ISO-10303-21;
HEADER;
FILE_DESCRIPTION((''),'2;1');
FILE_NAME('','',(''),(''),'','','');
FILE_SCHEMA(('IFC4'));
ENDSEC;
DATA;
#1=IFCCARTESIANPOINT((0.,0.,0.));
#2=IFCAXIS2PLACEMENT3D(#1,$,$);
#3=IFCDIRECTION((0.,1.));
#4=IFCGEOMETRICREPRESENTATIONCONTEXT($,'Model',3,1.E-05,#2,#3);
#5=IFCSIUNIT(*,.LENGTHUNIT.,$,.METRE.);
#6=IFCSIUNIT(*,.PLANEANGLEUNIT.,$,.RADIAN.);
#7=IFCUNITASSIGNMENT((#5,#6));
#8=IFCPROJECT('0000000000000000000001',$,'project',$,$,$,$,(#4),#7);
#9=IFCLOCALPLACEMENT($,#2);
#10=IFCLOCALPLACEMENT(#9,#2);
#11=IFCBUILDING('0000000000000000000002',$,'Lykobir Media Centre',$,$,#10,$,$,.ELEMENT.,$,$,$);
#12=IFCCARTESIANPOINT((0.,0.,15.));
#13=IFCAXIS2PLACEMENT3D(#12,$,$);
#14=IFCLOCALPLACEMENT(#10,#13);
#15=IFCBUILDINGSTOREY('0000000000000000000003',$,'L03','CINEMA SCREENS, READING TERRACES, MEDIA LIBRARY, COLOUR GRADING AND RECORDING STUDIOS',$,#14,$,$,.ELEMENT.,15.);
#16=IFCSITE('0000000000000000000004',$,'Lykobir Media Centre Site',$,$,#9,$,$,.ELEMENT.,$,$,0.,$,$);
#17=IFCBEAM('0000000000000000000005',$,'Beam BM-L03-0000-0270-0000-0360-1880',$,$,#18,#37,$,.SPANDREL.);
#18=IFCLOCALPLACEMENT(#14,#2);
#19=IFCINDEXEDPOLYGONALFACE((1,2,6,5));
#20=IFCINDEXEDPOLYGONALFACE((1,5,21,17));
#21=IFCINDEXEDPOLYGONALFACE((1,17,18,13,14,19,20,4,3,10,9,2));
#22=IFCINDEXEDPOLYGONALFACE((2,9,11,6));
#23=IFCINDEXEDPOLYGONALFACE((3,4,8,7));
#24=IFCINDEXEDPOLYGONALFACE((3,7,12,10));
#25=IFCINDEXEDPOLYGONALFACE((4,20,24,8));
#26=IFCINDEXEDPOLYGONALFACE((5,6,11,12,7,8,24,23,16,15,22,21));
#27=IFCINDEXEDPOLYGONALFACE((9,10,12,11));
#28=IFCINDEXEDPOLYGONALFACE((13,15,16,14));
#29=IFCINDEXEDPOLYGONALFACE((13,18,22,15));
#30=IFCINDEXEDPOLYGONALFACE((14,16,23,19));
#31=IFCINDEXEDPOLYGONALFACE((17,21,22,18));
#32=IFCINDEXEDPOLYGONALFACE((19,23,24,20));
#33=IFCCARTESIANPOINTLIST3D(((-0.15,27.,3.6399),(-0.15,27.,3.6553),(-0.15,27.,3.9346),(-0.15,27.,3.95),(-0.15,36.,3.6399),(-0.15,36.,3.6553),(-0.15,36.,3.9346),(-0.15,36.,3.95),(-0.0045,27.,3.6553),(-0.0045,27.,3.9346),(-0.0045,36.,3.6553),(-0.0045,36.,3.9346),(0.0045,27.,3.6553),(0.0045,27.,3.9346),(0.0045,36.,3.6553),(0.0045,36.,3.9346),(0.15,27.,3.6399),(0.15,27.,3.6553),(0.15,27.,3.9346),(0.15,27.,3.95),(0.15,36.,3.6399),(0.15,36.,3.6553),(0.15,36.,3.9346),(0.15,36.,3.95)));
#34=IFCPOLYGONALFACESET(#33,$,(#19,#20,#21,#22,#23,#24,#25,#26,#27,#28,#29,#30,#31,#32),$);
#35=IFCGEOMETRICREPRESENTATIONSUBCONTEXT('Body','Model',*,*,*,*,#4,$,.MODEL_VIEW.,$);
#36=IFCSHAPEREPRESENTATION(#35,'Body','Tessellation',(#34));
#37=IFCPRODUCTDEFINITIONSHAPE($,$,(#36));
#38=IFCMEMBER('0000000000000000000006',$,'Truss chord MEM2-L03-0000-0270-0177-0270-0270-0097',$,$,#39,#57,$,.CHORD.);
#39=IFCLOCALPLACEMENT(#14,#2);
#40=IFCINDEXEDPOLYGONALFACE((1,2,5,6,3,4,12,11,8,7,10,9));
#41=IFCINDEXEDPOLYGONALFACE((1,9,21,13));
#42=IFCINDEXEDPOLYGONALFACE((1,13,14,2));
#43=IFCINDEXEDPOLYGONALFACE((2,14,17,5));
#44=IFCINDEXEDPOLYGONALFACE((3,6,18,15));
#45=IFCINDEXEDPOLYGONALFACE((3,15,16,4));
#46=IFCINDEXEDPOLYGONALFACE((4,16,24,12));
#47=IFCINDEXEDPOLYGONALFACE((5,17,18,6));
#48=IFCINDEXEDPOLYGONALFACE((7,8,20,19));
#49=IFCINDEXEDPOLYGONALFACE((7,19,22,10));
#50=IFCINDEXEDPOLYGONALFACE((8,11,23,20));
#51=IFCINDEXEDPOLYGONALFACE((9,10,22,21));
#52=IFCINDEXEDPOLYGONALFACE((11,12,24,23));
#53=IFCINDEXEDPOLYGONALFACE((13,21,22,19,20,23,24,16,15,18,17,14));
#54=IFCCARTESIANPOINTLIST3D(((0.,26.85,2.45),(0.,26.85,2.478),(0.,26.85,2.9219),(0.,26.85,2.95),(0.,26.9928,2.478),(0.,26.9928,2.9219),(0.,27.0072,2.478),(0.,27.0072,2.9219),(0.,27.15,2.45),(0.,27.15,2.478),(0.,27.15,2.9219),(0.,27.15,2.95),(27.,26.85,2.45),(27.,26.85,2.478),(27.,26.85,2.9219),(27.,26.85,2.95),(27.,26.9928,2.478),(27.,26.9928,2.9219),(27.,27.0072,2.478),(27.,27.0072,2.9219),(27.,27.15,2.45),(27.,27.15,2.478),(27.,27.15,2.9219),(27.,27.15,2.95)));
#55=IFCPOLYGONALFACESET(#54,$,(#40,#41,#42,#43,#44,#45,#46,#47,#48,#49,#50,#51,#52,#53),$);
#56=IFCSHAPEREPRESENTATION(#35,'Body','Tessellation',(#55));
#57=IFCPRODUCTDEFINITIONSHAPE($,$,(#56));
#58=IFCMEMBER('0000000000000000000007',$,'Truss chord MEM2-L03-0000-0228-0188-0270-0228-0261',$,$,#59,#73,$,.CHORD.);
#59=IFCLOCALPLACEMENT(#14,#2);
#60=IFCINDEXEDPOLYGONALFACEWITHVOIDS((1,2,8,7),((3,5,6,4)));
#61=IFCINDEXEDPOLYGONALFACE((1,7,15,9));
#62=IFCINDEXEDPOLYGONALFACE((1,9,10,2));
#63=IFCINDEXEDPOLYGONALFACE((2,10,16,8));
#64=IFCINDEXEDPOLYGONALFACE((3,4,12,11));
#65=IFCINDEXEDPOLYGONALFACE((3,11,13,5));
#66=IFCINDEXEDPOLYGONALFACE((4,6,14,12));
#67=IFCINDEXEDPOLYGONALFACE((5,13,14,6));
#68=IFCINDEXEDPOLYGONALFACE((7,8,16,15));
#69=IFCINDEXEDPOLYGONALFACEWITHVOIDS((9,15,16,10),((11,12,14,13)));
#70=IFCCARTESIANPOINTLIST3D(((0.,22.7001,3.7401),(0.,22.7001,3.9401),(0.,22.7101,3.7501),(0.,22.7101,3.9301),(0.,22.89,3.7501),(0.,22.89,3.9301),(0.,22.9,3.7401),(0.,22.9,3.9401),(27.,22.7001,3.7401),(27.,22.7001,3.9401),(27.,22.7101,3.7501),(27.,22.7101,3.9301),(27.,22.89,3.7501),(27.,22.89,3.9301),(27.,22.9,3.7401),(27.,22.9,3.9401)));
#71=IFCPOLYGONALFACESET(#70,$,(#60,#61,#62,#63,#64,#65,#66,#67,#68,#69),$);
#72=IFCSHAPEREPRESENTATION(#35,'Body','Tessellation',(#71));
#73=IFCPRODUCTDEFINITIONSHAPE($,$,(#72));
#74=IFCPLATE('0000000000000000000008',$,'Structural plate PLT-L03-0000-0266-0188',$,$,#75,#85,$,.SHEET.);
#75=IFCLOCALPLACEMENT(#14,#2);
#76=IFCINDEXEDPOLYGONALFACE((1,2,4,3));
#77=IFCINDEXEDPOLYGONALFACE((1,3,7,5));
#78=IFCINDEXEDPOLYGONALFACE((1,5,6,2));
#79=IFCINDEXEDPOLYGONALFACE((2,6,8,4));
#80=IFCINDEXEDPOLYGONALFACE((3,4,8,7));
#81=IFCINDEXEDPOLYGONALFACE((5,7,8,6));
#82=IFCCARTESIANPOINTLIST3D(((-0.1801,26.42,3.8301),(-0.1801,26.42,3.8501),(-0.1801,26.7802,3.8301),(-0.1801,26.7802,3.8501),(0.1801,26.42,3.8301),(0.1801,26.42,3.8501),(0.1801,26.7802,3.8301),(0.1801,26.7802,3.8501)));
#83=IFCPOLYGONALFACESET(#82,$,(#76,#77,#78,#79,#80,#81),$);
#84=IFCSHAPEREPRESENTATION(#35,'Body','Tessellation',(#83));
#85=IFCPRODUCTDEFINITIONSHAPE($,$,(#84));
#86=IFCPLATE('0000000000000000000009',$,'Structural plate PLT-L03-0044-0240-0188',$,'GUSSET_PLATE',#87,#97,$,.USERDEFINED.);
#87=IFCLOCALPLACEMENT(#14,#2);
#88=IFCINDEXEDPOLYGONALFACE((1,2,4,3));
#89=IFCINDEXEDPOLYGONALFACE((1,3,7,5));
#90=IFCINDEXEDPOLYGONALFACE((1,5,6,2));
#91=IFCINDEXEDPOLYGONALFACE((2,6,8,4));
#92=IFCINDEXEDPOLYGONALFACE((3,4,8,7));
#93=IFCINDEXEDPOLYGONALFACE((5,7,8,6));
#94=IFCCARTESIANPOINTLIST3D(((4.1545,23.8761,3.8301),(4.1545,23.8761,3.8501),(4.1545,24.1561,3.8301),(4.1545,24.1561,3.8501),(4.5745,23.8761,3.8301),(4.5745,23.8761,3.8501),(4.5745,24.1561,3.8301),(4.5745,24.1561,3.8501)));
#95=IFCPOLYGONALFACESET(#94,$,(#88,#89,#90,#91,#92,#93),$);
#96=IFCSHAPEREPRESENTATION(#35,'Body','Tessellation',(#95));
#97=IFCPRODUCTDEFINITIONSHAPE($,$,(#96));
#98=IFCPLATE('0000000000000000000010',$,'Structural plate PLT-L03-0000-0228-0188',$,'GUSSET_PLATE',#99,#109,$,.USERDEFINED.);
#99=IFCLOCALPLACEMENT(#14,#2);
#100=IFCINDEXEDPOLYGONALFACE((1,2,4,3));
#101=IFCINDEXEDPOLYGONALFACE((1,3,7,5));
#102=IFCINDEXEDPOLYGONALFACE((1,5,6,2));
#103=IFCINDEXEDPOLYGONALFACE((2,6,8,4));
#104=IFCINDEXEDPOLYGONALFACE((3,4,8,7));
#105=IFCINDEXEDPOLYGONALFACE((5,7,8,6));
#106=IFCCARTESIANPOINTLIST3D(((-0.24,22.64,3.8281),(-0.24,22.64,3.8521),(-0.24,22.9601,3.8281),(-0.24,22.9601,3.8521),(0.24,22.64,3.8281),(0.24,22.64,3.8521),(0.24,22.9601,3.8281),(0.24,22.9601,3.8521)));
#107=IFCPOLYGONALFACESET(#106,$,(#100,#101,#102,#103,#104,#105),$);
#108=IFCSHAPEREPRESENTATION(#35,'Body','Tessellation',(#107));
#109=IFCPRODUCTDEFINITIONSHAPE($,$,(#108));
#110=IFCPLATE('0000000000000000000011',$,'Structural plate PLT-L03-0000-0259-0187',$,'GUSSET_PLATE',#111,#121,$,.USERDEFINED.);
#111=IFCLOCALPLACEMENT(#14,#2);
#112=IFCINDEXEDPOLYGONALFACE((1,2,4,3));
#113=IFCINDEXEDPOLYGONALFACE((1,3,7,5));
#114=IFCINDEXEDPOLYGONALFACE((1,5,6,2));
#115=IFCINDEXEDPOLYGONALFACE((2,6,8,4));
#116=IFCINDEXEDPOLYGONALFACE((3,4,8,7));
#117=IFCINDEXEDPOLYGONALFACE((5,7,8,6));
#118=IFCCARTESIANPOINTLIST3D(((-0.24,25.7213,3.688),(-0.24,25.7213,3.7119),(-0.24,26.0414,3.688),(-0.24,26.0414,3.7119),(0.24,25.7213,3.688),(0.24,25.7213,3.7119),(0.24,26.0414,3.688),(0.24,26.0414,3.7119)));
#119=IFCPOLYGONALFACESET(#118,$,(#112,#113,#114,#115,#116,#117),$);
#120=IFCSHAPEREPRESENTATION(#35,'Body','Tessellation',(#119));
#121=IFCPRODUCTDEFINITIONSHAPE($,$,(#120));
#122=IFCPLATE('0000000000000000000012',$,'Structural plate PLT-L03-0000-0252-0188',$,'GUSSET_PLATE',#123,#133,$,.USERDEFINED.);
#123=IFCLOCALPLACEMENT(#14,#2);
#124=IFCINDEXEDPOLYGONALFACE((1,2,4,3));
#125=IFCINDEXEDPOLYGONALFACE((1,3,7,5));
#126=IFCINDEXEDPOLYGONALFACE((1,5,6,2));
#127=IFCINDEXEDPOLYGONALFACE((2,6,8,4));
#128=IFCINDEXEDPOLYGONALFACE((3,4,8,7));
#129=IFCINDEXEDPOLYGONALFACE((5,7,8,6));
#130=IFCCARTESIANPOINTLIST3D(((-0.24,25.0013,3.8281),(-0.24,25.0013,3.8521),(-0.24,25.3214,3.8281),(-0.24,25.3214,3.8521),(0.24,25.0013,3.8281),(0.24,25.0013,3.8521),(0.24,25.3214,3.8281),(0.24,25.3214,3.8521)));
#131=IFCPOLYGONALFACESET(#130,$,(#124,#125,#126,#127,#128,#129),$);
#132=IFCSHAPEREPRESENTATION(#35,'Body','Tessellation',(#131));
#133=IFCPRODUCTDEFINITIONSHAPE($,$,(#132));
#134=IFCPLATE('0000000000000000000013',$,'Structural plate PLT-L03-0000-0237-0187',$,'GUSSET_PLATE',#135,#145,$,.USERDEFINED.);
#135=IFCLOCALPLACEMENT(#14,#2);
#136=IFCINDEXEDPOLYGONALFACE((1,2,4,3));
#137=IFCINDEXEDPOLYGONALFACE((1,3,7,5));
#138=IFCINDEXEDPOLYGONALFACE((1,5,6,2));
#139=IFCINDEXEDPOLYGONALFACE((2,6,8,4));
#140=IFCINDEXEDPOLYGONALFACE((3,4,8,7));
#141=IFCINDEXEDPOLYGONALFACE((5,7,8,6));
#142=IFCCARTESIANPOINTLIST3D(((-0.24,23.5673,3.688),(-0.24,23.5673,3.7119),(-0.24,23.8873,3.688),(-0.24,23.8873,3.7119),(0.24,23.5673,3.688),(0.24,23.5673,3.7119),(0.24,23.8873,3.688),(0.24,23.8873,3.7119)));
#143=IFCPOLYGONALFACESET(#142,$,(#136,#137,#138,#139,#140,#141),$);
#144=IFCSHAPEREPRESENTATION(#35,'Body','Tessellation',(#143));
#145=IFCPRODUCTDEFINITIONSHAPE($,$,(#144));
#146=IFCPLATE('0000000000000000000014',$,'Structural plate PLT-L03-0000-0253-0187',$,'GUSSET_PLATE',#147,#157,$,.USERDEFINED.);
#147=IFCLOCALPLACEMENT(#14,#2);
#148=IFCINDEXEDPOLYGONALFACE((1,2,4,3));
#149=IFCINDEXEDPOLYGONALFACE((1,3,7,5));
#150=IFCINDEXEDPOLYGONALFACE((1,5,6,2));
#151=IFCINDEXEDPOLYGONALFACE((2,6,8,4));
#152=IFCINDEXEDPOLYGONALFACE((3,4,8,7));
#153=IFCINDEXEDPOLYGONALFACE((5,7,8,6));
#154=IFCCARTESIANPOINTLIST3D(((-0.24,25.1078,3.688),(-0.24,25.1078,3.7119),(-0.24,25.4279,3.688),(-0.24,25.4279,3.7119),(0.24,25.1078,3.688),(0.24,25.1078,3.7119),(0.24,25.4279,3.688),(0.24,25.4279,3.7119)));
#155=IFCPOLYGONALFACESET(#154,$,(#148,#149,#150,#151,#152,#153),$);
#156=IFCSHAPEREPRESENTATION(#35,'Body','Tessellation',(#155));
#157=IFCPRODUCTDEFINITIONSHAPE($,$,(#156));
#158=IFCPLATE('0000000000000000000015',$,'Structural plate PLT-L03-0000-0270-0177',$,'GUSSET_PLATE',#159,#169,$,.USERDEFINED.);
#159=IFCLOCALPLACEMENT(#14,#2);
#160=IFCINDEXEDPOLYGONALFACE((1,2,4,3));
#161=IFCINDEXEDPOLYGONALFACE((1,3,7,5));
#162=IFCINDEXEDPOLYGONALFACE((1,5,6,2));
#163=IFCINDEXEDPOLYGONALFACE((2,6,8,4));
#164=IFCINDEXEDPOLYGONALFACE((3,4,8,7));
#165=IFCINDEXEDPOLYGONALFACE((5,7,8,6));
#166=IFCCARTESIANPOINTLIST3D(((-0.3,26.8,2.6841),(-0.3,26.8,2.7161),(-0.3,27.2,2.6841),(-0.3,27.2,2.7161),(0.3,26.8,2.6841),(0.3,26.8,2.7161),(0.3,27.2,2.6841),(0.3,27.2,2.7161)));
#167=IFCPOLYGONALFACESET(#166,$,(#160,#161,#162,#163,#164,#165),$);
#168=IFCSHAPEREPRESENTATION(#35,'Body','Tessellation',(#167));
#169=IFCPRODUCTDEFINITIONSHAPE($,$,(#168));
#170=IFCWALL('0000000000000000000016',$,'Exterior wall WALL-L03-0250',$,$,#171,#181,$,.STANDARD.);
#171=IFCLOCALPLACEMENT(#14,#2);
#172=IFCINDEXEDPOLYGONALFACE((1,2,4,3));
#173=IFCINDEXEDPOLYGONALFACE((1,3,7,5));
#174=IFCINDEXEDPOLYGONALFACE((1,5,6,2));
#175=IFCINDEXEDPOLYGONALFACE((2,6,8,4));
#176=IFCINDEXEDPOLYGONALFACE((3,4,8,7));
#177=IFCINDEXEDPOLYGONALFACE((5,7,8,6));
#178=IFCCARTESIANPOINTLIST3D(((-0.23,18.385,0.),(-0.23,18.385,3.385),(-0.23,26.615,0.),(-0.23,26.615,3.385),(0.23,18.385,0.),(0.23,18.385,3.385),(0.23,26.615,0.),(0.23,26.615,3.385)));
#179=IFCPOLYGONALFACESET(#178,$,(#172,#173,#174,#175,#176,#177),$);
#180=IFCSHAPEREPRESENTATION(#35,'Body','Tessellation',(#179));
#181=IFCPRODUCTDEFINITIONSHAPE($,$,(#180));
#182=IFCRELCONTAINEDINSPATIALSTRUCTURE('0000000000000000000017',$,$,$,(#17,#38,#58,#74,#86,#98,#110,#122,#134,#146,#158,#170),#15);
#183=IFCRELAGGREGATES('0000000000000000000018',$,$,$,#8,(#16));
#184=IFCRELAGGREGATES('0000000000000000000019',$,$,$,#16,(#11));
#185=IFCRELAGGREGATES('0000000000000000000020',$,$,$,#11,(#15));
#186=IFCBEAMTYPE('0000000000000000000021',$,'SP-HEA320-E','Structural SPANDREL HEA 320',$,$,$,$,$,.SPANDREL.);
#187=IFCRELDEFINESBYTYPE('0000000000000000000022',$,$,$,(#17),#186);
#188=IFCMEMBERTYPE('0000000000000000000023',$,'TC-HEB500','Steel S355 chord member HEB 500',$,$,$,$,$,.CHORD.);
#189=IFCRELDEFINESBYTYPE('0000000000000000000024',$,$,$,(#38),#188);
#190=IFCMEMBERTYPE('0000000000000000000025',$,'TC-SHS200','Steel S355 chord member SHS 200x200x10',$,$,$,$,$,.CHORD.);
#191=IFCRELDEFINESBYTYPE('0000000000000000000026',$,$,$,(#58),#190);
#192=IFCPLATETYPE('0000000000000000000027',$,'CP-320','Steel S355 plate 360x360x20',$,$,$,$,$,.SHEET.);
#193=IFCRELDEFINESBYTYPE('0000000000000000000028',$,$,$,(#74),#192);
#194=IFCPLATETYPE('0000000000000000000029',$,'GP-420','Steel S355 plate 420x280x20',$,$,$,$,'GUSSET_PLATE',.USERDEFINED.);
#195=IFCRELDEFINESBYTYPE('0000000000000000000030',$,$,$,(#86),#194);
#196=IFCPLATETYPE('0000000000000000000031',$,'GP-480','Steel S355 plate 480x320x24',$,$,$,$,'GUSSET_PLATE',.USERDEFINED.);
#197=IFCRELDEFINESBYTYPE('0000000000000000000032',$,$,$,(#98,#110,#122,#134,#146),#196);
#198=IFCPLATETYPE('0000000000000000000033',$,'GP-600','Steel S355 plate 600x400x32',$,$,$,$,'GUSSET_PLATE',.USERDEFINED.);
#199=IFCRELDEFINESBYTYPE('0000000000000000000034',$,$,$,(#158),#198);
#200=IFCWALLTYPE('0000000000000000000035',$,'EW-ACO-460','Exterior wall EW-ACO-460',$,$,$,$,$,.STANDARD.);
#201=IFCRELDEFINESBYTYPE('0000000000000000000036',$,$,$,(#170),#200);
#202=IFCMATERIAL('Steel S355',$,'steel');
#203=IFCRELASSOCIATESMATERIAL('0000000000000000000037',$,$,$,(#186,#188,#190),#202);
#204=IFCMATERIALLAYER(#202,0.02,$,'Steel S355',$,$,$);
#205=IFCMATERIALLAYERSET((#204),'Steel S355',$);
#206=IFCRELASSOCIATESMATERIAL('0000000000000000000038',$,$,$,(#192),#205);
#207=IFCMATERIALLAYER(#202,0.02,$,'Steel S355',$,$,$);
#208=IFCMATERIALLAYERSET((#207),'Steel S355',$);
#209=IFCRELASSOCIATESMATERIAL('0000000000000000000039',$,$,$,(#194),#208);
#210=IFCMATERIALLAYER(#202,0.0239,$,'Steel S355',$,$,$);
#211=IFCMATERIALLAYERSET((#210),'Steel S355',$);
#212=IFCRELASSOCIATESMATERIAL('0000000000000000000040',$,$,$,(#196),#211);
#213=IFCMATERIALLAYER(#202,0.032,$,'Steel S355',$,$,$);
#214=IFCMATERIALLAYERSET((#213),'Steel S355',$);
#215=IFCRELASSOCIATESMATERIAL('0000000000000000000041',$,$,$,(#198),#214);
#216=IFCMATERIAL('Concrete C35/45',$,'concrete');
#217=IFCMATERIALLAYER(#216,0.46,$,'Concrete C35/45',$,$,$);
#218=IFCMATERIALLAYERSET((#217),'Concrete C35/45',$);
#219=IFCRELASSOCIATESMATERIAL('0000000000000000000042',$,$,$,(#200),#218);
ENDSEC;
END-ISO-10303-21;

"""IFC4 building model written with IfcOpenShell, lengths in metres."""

from ifc_helpers import new_model, si_unit, direction, frame, frame_2d, origin, origin_2d, place, context, subcontext, project, spatial, rectangle, hollow_rectangle, i_section, extrude, material, layer, layer_set, material_profile, profile_set, type_object, element, save


model = new_model("IFC4")

# Units and contexts
model_context = context("Model", 3, precision=1e-05, world=origin(), true_north=direction((0.0, 1.0)))
body_context = subcontext(model_context, "Body", "Model", "MODEL_VIEW")
ifc_project = project(units=[si_unit("LENGTHUNIT", "METRE"), si_unit("PLANEANGLEUNIT", "RADIAN")], contexts=[model_context])

# Site, building, storey
site_placement = place(None, origin())
site = spatial("IfcSite", under=ifc_project, at=site_placement, Name="Lykobir Media Centre Site", CompositionType="ELEMENT", RefElevation=0.0)
building_placement = place(site_placement, origin())
building = spatial("IfcBuilding", under=site, at=building_placement, Name="Lykobir Media Centre", CompositionType="ELEMENT")
storey_placement = place(building_placement, frame((0.0, 0.0, 15.0)))
storey = spatial("IfcBuildingStorey", under=building, at=storey_placement, Name="L03", Description="CINEMA SCREENS, READING TERRACES, MEDIA LIBRARY, COLOUR GRADING AND RECORDING STUDIOS", CompositionType="ELEMENT", Elevation=15.0)

# Shared definitions
ifc_material_1 = material(Name="Steel S355", Category="steel")

# Beam
ifc_material_profile_1 = material_profile(ifc_material_1, i_section(OverallWidth=0.3, OverallDepth=0.3101, WebThickness=0.009, FlangeThickness=0.0154, at=origin_2d()), Name="HEA 320")
ifc_profile_set_1 = profile_set([ifc_material_profile_1], Name="Steel S355")
beam_type_1 = type_object("IfcBeamType", Name="SP-HEA320-E", Description="Structural SPANDREL HEA 320", PredefinedType="SPANDREL", material=ifc_profile_set_1)
beam_1_placement = place(storey_placement, frame((0.0, 27.0, 3.7949), z_axis=(0.0, 1.0, 0.0), x_axis=(-1.0, 0.0, 0.0)))
element("IfcBeam", 1, at=beam_1_placement, inside=storey, type_object=beam_type_1, Name="Beam BM-L03-0000-0270-0000-0360-1880", PredefinedType="SPANDREL", context=body_context, shape_type="SweptSolid", body=[
    extrude(i_section(OverallWidth=0.3, OverallDepth=0.3101, WebThickness=0.009, FlangeThickness=0.0154, at=origin_2d()), origin(), (0.0, 0.0, 1.0), 9.0),
])

# Members
ifc_material_profile_2 = material_profile(ifc_material_1, i_section(OverallWidth=0.3, OverallDepth=0.5, WebThickness=0.0144, FlangeThickness=0.0281, at=origin_2d()), Name="HEB 500")
ifc_profile_set_2 = profile_set([ifc_material_profile_2], Name="Steel S355")
member_type_1 = type_object("IfcMemberType", Name="TC-HEB500", Description="Steel S355 chord member HEB 500", PredefinedType="CHORD", material=ifc_profile_set_2)
member_1_placement = place(storey_placement, frame((0.0, 27.0, 2.7), z_axis=(1.0, 0.0, 0.0), x_axis=(0.0, 1.0, 0.0)))
element("IfcMember", 2, at=member_1_placement, inside=storey, type_object=member_type_1, Name="Truss chord MEM2-L03-0000-0270-0177-0270-0270-0097", PredefinedType="CHORD", context=body_context, shape_type="SweptSolid", body=[
    extrude(i_section(OverallWidth=0.3, OverallDepth=0.5, WebThickness=0.0144, FlangeThickness=0.0281, at=origin_2d()), origin(), (0.0, 0.0, 1.0), 27.0),
])
ifc_material_profile_3 = material_profile(ifc_material_1, hollow_rectangle(XDim=0.2, YDim=0.2, WallThickness=0.01, at=origin_2d()), Name="SHS 200x200x10")
ifc_profile_set_3 = profile_set([ifc_material_profile_3], Name="Steel S355")
member_type_2 = type_object("IfcMemberType", Name="TC-SHS200", Description="Steel S355 chord member SHS 200x200x10", PredefinedType="CHORD", material=ifc_profile_set_3)
member_2_placement = place(storey_placement, frame((0.0, 22.8, 3.8401), z_axis=(1.0, 0.0, 0.0), x_axis=(0.0, 1.0, 0.0)))
element("IfcMember", 3, at=member_2_placement, inside=storey, type_object=member_type_2, Name="Truss chord MEM2-L03-0000-0228-0188-0270-0228-0261", PredefinedType="CHORD", context=body_context, shape_type="SweptSolid", body=[
    extrude(hollow_rectangle(XDim=0.2, YDim=0.2, WallThickness=0.01, at=origin_2d()), origin(), (0.0, 0.0, 1.0), 27.0),
])

# Plates
ifc_layer_1 = layer(ifc_material_1, 0.02, Name="Steel S355")
ifc_layer_set_1 = layer_set([ifc_layer_1], Name="Steel S355")
plate_type_1 = type_object("IfcPlateType", Name="CP-320", Description="Steel S355 plate 360x360x20", PredefinedType="SHEET", material=ifc_layer_set_1)
plate_1_placement = place(storey_placement, frame((0.0, 26.6001, 3.8301), z_axis=(0.0, 0.0, 1.0), x_axis=(1.0, 0.0, 0.0)))
element("IfcPlate", 4, at=plate_1_placement, inside=storey, type_object=plate_type_1, Name="Structural plate PLT-L03-0000-0266-0188", PredefinedType="SHEET", context=body_context, shape_type="SweptSolid", body=[
    extrude(rectangle(XDim=0.3601, YDim=0.3601, at=origin_2d()), origin(), (0.0, 0.0, 1.0), 0.02),
])
ifc_layer_2 = layer(ifc_material_1, 0.02, Name="Steel S355")
ifc_layer_set_2 = layer_set([ifc_layer_2], Name="Steel S355")
plate_type_2 = type_object("IfcPlateType", Name="GP-420", Description="Steel S355 plate 420x280x20", ElementType="GUSSET_PLATE", PredefinedType="USERDEFINED", material=ifc_layer_set_2)
plate_2_placement = place(storey_placement, frame((4.3645, 24.0161, 3.8301), z_axis=(0.0, 0.0, 1.0), x_axis=(1.0, 0.0, 0.0)))
element("IfcPlate", 5, at=plate_2_placement, inside=storey, type_object=plate_type_2, Name="Structural plate PLT-L03-0044-0240-0188", ObjectType="GUSSET_PLATE", PredefinedType="USERDEFINED", context=body_context, shape_type="SweptSolid", body=[
    extrude(rectangle(XDim=0.4199, YDim=0.28, at=origin_2d()), origin(), (0.0, 0.0, 1.0), 0.02),
])
ifc_layer_3 = layer(ifc_material_1, 0.0239, Name="Steel S355")
ifc_layer_set_3 = layer_set([ifc_layer_3], Name="Steel S355")
plate_type_3 = type_object("IfcPlateType", Name="GP-480", Description="Steel S355 plate 480x320x24", ElementType="GUSSET_PLATE", PredefinedType="USERDEFINED", material=ifc_layer_set_3)
for number, where, z_axis, x_axis, name in (
    (6, (0.0, 22.8, 3.8281), (0.0, 0.0, 1.0), (1.0, 0.0, 0.0), "Structural plate PLT-L03-0000-0228-0188"),
    (7, (0.0, 25.8813, 3.688), (0.0, 0.0, 1.0), (1.0, 0.0, 0.0), "Structural plate PLT-L03-0000-0259-0187"),
    (8, (0.0, 25.1614, 3.8281), (0.0, 0.0, 1.0), (1.0, 0.0, 0.0), "Structural plate PLT-L03-0000-0252-0188"),
    (9, (0.0, 23.7273, 3.688), (0.0, 0.0, 1.0), (1.0, 0.0, 0.0), "Structural plate PLT-L03-0000-0237-0187"),
    (10, (0.0, 25.2678, 3.688), (0.0, 0.0, 1.0), (1.0, 0.0, 0.0), "Structural plate PLT-L03-0000-0253-0187"),
):
    element("IfcPlate", number, at=place(storey_placement, frame(where, z_axis=z_axis, x_axis=x_axis)), inside=storey, type_object=plate_type_3, Name=name, ObjectType="GUSSET_PLATE", PredefinedType="USERDEFINED", context=body_context, shape_type="SweptSolid", body=[
        extrude(rectangle(XDim=0.48, YDim=0.3201, at=origin_2d()), origin(), (0.0, 0.0, 1.0), 0.0239),
    ])
ifc_layer_4 = layer(ifc_material_1, 0.032, Name="Steel S355")
ifc_layer_set_4 = layer_set([ifc_layer_4], Name="Steel S355")
plate_type_4 = type_object("IfcPlateType", Name="GP-600", Description="Steel S355 plate 600x400x32", ElementType="GUSSET_PLATE", PredefinedType="USERDEFINED", material=ifc_layer_set_4)
plate_3_placement = place(storey_placement, frame((0.0, 27.0, 2.6841), z_axis=(0.0, 0.0, 1.0), x_axis=(1.0, 0.0, 0.0)))
element("IfcPlate", 11, at=plate_3_placement, inside=storey, type_object=plate_type_4, Name="Structural plate PLT-L03-0000-0270-0177", ObjectType="GUSSET_PLATE", PredefinedType="USERDEFINED", context=body_context, shape_type="SweptSolid", body=[
    extrude(rectangle(XDim=0.6001, YDim=0.3999, at=origin_2d()), origin(), (0.0, 0.0, 1.0), 0.032),
])

# Wall
ifc_material_2 = material(Name="Concrete C35/45", Category="concrete")
ifc_layer_5 = layer(ifc_material_2, 0.46, Name="Concrete C35/45")
ifc_layer_set_5 = layer_set([ifc_layer_5], Name="Concrete C35/45")
wall_type = type_object("IfcWallType", Name="EW-ACO-460", Description="Exterior wall EW-ACO-460", PredefinedType="STANDARD", material=ifc_layer_set_5)
wall_placement = place(storey_placement, frame((0.0, 26.615, 0.0), z_axis=(0.0, 0.0, 1.0), x_axis=(0.0, -1.0, 0.0)))
element("IfcWall", 12, at=wall_placement, inside=storey, type_object=wall_type, Name="Exterior wall WALL-L03-0250", PredefinedType="STANDARD", context=body_context, shape_type="SweptSolid", body=[
    extrude(rectangle(XDim=8.23, YDim=0.46, at=frame_2d((4.115, 0.0))), origin(), (0.0, 0.0, 1.0), 3.385),
])

save(model, "model.ifc")
